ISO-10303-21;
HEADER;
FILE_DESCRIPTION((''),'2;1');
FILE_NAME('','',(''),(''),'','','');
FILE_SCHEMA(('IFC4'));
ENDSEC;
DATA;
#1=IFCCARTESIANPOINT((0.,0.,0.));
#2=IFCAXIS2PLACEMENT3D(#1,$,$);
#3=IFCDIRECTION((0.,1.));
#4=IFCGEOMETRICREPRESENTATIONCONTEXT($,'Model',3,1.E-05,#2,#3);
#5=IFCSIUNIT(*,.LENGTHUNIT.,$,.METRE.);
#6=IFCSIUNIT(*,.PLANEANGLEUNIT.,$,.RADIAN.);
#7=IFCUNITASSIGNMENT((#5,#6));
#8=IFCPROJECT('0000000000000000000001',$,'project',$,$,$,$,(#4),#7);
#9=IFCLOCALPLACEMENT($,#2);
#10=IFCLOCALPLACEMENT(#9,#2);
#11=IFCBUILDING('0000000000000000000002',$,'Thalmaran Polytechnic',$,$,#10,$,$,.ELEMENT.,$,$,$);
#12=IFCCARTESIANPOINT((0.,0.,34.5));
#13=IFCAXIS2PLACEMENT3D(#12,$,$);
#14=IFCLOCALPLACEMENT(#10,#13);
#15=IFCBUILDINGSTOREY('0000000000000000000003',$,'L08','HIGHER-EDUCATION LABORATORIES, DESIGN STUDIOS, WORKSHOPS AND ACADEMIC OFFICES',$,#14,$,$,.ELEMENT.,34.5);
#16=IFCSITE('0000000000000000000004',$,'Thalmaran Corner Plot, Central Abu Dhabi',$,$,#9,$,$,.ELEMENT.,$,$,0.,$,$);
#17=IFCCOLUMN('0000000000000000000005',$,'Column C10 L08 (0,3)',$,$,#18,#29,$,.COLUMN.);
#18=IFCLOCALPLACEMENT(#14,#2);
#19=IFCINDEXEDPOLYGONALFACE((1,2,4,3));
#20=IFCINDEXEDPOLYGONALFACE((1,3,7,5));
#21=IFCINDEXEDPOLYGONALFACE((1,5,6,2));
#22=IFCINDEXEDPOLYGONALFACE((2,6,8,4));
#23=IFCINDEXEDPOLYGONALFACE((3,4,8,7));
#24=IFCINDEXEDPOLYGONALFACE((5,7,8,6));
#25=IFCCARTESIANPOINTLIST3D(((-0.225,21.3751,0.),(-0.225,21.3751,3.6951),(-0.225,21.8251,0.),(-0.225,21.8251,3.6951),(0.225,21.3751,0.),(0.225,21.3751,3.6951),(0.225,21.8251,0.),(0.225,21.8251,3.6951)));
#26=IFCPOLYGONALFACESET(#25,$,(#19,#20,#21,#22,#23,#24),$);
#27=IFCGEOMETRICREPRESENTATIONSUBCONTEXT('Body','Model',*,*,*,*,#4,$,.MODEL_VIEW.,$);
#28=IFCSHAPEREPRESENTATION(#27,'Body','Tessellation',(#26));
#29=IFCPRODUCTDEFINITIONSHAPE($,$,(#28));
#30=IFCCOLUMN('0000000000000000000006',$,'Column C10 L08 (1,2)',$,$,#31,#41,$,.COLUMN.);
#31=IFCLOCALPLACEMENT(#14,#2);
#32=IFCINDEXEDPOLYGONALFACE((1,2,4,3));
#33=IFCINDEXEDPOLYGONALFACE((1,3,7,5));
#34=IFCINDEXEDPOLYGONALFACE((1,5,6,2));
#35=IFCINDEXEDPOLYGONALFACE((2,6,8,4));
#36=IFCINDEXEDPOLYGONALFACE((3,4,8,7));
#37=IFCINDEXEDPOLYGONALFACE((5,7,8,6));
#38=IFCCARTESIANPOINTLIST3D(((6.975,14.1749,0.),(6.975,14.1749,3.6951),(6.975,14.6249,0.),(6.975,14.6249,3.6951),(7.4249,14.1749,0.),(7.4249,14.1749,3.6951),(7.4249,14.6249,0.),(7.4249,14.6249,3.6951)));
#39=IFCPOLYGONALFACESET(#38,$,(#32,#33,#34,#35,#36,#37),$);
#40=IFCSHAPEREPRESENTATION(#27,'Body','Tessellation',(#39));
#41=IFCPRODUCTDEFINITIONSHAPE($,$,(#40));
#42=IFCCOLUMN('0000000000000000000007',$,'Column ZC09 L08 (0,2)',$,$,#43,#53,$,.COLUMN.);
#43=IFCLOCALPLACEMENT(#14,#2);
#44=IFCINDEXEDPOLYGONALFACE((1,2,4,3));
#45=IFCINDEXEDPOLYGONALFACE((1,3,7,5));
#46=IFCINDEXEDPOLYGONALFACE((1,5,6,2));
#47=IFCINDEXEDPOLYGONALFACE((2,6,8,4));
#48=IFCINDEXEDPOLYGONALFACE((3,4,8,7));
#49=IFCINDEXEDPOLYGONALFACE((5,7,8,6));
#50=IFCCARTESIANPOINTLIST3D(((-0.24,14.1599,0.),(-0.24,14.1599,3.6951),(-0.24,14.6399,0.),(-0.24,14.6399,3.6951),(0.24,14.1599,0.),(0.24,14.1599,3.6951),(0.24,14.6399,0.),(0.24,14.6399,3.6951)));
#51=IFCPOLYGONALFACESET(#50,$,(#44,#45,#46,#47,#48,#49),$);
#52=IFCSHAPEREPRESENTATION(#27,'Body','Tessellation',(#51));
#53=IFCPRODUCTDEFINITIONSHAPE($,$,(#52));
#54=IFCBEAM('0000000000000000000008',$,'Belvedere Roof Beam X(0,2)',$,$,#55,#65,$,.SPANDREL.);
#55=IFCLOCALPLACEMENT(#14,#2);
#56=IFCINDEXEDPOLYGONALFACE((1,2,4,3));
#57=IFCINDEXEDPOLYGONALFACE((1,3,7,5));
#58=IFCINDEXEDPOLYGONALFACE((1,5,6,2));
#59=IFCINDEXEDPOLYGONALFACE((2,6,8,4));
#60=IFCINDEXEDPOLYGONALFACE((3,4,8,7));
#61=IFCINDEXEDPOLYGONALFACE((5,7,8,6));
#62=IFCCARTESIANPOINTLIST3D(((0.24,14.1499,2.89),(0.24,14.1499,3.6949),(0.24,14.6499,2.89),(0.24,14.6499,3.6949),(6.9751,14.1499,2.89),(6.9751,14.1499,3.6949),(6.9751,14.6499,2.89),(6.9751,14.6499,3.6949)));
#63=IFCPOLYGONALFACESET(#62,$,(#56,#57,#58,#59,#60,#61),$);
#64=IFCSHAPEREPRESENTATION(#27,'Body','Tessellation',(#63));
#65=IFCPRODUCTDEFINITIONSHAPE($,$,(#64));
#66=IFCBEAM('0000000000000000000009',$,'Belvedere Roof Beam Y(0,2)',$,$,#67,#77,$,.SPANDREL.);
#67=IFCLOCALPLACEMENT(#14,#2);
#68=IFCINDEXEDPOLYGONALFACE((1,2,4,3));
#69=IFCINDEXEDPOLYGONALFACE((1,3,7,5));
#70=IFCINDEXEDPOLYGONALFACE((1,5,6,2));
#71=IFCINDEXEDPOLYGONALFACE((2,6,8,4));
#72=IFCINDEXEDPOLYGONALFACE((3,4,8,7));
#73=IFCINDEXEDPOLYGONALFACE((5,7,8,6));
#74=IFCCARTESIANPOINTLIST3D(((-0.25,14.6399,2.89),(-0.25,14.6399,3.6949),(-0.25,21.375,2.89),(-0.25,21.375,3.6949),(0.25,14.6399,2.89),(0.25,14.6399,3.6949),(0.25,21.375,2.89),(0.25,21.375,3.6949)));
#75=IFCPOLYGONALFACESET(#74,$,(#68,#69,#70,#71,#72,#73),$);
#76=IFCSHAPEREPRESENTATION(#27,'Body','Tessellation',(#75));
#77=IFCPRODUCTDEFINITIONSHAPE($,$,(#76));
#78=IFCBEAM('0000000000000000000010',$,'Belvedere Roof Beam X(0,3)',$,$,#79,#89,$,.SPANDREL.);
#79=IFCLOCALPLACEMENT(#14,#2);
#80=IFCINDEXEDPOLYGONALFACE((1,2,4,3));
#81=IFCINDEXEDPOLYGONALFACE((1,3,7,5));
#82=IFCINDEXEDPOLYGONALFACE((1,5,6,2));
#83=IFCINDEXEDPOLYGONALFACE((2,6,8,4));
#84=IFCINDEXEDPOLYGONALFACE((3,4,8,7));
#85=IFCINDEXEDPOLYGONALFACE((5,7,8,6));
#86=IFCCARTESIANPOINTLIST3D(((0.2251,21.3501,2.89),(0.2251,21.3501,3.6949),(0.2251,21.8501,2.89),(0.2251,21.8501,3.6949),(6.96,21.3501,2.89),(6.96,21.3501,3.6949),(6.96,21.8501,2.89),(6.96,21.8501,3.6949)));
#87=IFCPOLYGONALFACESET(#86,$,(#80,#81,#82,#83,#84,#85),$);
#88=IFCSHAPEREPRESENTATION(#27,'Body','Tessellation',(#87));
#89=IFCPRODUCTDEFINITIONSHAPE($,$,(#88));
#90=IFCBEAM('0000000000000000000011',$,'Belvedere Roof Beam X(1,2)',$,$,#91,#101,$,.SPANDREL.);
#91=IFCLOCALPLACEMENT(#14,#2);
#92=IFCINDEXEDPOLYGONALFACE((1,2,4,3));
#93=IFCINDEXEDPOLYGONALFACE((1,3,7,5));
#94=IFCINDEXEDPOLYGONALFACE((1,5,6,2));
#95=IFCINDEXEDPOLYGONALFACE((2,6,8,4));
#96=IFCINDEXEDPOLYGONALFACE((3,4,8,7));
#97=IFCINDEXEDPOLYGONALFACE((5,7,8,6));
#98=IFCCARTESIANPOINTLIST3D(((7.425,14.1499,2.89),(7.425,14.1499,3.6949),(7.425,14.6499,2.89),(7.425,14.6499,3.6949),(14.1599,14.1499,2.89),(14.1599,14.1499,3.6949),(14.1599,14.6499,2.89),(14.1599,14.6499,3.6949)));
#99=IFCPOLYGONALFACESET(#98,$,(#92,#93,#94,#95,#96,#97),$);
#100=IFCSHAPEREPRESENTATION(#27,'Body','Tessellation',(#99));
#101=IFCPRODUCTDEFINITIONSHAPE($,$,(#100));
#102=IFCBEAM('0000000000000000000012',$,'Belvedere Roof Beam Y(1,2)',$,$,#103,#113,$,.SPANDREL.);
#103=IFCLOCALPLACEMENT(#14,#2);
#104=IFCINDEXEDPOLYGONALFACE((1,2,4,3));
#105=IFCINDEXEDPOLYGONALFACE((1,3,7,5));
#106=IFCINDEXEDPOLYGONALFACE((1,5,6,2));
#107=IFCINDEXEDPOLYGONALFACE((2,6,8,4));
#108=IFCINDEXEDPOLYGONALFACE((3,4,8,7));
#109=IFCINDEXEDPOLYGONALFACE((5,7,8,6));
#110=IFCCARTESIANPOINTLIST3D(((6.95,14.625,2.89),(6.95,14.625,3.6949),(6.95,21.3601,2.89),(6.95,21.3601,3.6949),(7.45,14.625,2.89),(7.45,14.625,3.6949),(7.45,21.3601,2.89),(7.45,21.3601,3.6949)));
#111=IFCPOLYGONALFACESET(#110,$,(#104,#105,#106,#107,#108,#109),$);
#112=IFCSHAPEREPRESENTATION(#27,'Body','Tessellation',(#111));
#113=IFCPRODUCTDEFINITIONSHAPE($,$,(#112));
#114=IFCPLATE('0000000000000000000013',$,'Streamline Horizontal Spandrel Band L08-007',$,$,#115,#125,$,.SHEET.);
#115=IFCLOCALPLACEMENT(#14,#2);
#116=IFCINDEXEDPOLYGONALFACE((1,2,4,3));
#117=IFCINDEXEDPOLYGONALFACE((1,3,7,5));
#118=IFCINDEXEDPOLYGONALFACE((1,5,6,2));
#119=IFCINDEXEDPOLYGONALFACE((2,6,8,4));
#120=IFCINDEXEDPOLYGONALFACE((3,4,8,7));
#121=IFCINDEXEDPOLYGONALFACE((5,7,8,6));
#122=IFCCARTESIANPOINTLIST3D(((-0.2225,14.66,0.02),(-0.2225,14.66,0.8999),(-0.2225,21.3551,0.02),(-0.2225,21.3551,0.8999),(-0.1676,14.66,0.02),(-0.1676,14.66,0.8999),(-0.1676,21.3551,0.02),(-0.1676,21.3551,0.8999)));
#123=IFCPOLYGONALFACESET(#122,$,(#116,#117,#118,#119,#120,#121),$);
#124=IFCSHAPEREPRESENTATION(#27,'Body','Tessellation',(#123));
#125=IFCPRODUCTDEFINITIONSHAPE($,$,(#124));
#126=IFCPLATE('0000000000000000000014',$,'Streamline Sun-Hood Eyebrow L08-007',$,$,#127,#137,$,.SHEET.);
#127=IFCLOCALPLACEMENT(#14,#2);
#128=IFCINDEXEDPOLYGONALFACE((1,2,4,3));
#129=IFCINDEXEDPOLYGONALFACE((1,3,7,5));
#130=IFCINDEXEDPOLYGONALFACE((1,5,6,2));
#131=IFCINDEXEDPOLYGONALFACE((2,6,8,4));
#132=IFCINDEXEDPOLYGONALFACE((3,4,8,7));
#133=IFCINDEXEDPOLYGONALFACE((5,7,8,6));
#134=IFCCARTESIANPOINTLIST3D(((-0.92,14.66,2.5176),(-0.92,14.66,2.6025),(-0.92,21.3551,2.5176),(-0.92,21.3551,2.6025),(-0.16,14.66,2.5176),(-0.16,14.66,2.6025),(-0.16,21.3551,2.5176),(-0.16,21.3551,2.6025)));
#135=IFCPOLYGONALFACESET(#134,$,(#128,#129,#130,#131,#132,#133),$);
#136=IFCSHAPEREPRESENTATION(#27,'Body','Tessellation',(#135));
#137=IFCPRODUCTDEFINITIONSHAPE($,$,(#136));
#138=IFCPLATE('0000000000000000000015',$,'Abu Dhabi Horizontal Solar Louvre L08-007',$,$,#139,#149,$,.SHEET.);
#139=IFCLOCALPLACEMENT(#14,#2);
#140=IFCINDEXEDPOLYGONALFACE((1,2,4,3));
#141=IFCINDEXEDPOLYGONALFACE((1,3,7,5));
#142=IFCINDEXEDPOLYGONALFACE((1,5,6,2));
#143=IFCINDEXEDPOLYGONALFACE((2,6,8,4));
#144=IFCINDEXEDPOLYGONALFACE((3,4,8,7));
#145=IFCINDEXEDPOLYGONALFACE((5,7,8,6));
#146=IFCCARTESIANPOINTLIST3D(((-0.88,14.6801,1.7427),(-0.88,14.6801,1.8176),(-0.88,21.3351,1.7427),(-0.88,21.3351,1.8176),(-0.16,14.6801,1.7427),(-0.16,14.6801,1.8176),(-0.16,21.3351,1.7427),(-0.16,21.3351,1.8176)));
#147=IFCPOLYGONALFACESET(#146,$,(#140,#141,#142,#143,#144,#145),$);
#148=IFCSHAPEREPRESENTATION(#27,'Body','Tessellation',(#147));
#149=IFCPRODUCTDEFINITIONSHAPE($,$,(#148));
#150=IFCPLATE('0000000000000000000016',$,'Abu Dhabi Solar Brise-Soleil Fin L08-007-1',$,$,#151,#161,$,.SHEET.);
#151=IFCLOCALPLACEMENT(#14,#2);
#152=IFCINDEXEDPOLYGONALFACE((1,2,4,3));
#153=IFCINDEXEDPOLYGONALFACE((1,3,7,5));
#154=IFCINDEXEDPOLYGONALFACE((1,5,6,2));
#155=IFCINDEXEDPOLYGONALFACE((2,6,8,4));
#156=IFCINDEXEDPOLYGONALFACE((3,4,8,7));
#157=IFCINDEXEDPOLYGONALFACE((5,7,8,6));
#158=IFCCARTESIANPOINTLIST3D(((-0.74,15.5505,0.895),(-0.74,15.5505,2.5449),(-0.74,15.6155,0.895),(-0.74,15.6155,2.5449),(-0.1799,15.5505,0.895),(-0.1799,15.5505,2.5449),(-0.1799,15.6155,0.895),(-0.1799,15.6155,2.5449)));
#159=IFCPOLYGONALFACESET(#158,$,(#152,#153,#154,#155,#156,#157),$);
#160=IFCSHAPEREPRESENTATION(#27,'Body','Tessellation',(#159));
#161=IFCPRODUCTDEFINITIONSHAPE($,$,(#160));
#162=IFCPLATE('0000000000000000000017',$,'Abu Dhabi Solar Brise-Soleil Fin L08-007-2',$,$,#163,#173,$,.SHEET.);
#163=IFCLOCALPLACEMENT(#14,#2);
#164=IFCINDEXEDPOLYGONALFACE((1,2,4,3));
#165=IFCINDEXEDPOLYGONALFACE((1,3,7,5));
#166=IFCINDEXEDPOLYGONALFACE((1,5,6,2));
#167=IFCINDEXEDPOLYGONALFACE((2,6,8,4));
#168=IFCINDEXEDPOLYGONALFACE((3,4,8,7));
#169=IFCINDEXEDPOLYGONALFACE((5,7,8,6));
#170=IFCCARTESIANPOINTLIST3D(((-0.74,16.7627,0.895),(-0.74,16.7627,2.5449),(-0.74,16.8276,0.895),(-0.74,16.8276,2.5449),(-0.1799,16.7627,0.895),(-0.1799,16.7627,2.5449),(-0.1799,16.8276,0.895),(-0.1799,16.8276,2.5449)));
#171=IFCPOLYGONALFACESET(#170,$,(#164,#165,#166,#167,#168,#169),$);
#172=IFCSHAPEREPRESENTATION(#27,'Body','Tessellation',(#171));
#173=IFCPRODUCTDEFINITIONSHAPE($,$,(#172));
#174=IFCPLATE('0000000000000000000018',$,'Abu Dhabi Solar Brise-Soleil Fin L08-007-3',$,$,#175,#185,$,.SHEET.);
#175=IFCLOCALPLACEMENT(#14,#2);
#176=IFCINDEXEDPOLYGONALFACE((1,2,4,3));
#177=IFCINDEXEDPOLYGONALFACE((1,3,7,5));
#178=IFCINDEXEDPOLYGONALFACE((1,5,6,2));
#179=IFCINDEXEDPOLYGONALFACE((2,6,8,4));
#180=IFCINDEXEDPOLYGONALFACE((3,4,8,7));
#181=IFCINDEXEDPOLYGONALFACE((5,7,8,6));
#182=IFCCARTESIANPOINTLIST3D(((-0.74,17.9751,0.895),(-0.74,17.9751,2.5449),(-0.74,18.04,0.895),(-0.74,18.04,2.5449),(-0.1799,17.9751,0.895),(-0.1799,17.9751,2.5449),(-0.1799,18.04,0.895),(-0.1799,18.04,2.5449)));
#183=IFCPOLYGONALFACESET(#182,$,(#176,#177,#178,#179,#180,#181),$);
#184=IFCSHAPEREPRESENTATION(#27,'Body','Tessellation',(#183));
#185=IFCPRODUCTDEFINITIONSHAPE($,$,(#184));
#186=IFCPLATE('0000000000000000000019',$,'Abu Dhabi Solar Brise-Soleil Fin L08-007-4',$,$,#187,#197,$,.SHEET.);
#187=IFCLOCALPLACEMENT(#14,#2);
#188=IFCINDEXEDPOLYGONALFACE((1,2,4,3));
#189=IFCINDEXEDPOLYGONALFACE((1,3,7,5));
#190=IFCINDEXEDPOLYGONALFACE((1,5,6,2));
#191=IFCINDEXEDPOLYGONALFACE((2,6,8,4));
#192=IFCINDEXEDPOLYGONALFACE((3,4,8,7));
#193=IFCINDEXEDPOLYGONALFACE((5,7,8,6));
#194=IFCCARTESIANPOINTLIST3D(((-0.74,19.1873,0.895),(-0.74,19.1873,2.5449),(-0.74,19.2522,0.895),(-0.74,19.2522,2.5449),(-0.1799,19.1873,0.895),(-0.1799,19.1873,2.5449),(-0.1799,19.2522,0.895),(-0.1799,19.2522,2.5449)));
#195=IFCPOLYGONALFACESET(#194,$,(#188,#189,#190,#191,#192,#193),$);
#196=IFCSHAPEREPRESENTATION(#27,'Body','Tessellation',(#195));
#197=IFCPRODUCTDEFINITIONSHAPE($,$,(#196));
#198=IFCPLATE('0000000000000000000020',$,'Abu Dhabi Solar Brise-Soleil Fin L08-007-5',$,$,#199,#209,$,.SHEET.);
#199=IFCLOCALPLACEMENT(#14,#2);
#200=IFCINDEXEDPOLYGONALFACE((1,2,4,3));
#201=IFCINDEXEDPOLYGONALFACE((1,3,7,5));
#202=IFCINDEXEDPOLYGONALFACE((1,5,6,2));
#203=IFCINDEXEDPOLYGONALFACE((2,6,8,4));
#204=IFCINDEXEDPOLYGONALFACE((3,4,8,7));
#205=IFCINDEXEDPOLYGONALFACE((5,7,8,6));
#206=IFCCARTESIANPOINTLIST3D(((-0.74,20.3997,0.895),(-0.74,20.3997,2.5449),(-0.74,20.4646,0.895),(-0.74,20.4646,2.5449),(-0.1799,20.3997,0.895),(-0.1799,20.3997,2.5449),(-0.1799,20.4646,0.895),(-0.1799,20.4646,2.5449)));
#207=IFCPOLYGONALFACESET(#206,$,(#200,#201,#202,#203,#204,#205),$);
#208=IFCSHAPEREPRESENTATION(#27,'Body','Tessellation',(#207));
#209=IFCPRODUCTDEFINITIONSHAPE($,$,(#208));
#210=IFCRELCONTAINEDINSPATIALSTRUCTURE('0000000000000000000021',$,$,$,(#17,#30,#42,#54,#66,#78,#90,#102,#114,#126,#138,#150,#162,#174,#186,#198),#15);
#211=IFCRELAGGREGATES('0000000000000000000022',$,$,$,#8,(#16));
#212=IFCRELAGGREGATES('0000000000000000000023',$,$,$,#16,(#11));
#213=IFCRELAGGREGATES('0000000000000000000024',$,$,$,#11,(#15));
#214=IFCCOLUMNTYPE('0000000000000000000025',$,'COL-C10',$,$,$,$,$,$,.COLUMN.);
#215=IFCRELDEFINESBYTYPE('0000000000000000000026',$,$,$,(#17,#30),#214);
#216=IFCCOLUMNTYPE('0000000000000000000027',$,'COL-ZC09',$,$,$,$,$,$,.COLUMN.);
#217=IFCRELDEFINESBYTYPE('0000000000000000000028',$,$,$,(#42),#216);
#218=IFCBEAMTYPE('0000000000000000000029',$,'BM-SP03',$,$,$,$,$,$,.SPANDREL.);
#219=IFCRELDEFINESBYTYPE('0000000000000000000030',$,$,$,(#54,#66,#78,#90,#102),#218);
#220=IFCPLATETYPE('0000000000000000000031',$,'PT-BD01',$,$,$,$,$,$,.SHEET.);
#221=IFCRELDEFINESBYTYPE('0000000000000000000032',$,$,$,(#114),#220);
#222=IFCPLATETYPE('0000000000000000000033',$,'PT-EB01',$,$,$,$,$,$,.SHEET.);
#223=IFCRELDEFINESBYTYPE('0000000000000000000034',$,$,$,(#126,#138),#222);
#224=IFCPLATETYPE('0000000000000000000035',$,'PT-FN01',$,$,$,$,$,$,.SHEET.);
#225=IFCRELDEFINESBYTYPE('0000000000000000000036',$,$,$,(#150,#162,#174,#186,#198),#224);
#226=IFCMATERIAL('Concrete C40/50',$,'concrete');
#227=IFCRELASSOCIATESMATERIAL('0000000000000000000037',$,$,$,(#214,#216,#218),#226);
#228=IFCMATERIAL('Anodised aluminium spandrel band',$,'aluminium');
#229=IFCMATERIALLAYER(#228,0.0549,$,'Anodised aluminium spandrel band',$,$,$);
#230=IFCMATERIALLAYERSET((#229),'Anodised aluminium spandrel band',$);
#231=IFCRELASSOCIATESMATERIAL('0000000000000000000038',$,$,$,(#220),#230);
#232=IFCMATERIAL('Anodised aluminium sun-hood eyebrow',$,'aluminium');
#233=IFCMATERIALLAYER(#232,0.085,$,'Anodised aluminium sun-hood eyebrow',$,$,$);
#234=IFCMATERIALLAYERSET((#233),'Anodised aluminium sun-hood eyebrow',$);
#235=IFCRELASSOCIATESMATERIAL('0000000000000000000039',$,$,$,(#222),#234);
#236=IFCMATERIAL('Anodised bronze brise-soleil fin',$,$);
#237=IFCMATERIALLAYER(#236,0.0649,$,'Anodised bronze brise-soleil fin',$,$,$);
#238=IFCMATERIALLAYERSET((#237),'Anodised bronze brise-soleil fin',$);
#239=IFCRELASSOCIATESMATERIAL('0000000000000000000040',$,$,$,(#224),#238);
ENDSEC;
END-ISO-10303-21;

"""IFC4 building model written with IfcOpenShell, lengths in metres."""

from ifc_helpers import new_model, si_unit, direction, frame, origin, origin_2d, place, context, subcontext, project, spatial, rectangle, extrude, material, layer, layer_set, material_profile, profile_set, type_object, element, save


model = new_model("IFC4")

# Units and contexts
model_context = context("Model", 3, precision=1e-05, world=origin(), true_north=direction((0.0, 1.0)))
body_context = subcontext(model_context, "Body", "Model", "MODEL_VIEW")
ifc_project = project(units=[si_unit("LENGTHUNIT", "METRE"), si_unit("PLANEANGLEUNIT", "RADIAN")], contexts=[model_context])

# Site, building, storey
site_placement = place(None, origin())
site = spatial("IfcSite", under=ifc_project, at=site_placement, Name="Thalmaran Corner Plot, Central Abu Dhabi", CompositionType="ELEMENT", RefElevation=0.0)
building_placement = place(site_placement, origin())
building = spatial("IfcBuilding", under=site, at=building_placement, Name="Thalmaran Polytechnic", CompositionType="ELEMENT")
storey_placement = place(building_placement, frame((0.0, 0.0, 34.5)))
storey = spatial("IfcBuildingStorey", under=building, at=storey_placement, Name="L08", Description="HIGHER-EDUCATION LABORATORIES, DESIGN STUDIOS, WORKSHOPS AND ACADEMIC OFFICES", CompositionType="ELEMENT", Elevation=34.5)

# Columns
ifc_material_1 = material(Name="Concrete C40/50", Category="concrete")
ifc_material_profile_1 = material_profile(ifc_material_1, rectangle(XDim=0.45, YDim=0.45, at=origin_2d()), Name="RC 450x450")
ifc_profile_set_1 = profile_set([ifc_material_profile_1], Name="Concrete C40/50")
column_type_1 = type_object("IfcColumnType", Name="COL-C10", PredefinedType="COLUMN", material=ifc_profile_set_1)
for number, where, z_axis, x_axis, name in (
    (1, (0.0, 21.6001, 0.0), (0.0, 0.0, 1.0), (1.0, 0.0, 0.0), "Column C10 L08 (0,3)"),
    (2, (7.2, 14.3999, 0.0), (0.0, 0.0, 1.0), (1.0, 0.0, 0.0), "Column C10 L08 (1,2)"),
):
    element("IfcColumn", number, at=place(storey_placement, frame(where, z_axis=z_axis, x_axis=x_axis)), inside=storey, type_object=column_type_1, Name=name, PredefinedType="COLUMN", context=body_context, shape_type="SweptSolid", body=[
        extrude(rectangle(XDim=0.45, YDim=0.45, at=origin_2d()), origin(), (0.0, 0.0, 1.0), 3.6951),
    ])
ifc_material_profile_2 = material_profile(ifc_material_1, rectangle(XDim=0.48, YDim=0.48, at=origin_2d()), Name="RC 480x480")
ifc_profile_set_2 = profile_set([ifc_material_profile_2], Name="Concrete C40/50")
column_type_2 = type_object("IfcColumnType", Name="COL-ZC09", PredefinedType="COLUMN", material=ifc_profile_set_2)
column_placement = place(storey_placement, frame((0.0, 14.3999, 0.0), z_axis=(0.0, 0.0, 1.0), x_axis=(1.0, 0.0, 0.0)))
element("IfcColumn", 3, at=column_placement, inside=storey, type_object=column_type_2, Name="Column ZC09 L08 (0,2)", PredefinedType="COLUMN", context=body_context, shape_type="SweptSolid", body=[
    extrude(rectangle(XDim=0.48, YDim=0.48, at=origin_2d()), origin(), (0.0, 0.0, 1.0), 3.6951),
])

# Beams
ifc_material_profile_3 = material_profile(ifc_material_1, rectangle(XDim=0.5, YDim=0.8049, at=origin_2d()), Name="RC 500x805")
ifc_profile_set_3 = profile_set([ifc_material_profile_3], Name="Concrete C40/50")
beam_type = type_object("IfcBeamType", Name="BM-SP03", PredefinedType="SPANDREL", material=ifc_profile_set_3)
for number, where, z_axis, x_axis, name in (
    (4, (0.24, 14.3999, 3.2925), (1.0, 0.0, 0.0), (0.0, 1.0, 0.0), "Belvedere Roof Beam X(0,2)"),
    (5, (0.0, 14.6399, 3.2925), (0.0, 1.0, 0.0), (-1.0, 0.0, 0.0), "Belvedere Roof Beam Y(0,2)"),
):
    element("IfcBeam", number, at=place(storey_placement, frame(where, z_axis=z_axis, x_axis=x_axis)), inside=storey, type_object=beam_type, Name=name, PredefinedType="SPANDREL", context=body_context, shape_type="SweptSolid", body=[
        extrude(rectangle(XDim=0.5, YDim=0.8049, at=origin_2d()), origin(), (0.0, 0.0, 1.0), 6.7351),
    ])
for number, where, z_axis, x_axis, name in (
    (6, (0.2251, 21.6001, 3.2925), (1.0, 0.0, 0.0), (0.0, 1.0, 0.0), "Belvedere Roof Beam X(0,3)"),
    (7, (7.425, 14.3999, 3.2925), (1.0, 0.0, 0.0), (0.0, 1.0, 0.0), "Belvedere Roof Beam X(1,2)"),
):
    element("IfcBeam", number, at=place(storey_placement, frame(where, z_axis=z_axis, x_axis=x_axis)), inside=storey, type_object=beam_type, Name=name, PredefinedType="SPANDREL", context=body_context, shape_type="SweptSolid", body=[
        extrude(rectangle(XDim=0.5, YDim=0.8049, at=origin_2d()), origin(), (0.0, 0.0, 1.0), 6.7349),
    ])
beam_placement = place(storey_placement, frame((7.2, 14.625, 3.2925), z_axis=(0.0, 1.0, 0.0), x_axis=(-1.0, 0.0, 0.0)))
element("IfcBeam", 8, at=beam_placement, inside=storey, type_object=beam_type, Name="Belvedere Roof Beam Y(1,2)", PredefinedType="SPANDREL", context=body_context, shape_type="SweptSolid", body=[
    extrude(rectangle(XDim=0.5, YDim=0.8049, at=origin_2d()), origin(), (0.0, 0.0, 1.0), 6.7351),
])

# Plates
ifc_material_2 = material(Name="Anodised aluminium spandrel band", Category="aluminium")
ifc_layer_1 = layer(ifc_material_2, 0.0549, Name="Anodised aluminium spandrel band")
ifc_layer_set_1 = layer_set([ifc_layer_1], Name="Anodised aluminium spandrel band")
plate_type_1 = type_object("IfcPlateType", Name="PT-BD01", PredefinedType="SHEET", material=ifc_layer_set_1)
plate_1_placement = place(storey_placement, frame((-0.1951, 18.0076, 0.02), z_axis=(0.0, 0.0, 1.0), x_axis=(0.0, 1.0, 0.0)))
element("IfcPlate", 9, at=plate_1_placement, inside=storey, type_object=plate_type_1, Name="Streamline Horizontal Spandrel Band L08-007", PredefinedType="SHEET", context=body_context, shape_type="SweptSolid", body=[
    extrude(rectangle(XDim=6.6951, YDim=0.0549, at=origin_2d()), origin(), (0.0, 0.0, 1.0), 0.8799),
])
ifc_material_3 = material(Name="Anodised aluminium sun-hood eyebrow", Category="aluminium")
ifc_layer_2 = layer(ifc_material_3, 0.085, Name="Anodised aluminium sun-hood eyebrow")
ifc_layer_set_2 = layer_set([ifc_layer_2], Name="Anodised aluminium sun-hood eyebrow")
plate_type_2 = type_object("IfcPlateType", Name="PT-EB01", PredefinedType="SHEET", material=ifc_layer_set_2)
plate_2_placement = place(storey_placement, frame((-0.54, 18.0076, 2.5176), z_axis=(0.0, 0.0, 1.0), x_axis=(0.0, 1.0, 0.0)))
element("IfcPlate", 10, at=plate_2_placement, inside=storey, type_object=plate_type_2, Name="Streamline Sun-Hood Eyebrow L08-007", PredefinedType="SHEET", context=body_context, shape_type="SweptSolid", body=[
    extrude(rectangle(XDim=6.6951, YDim=0.76, at=origin_2d()), origin(), (0.0, 0.0, 1.0), 0.085),
])
plate_3_placement = place(storey_placement, frame((-0.52, 18.0076, 1.7427), z_axis=(0.0, 0.0, 1.0), x_axis=(0.0, 1.0, 0.0)))
element("IfcPlate", 11, at=plate_3_placement, inside=storey, type_object=plate_type_2, Name="Abu Dhabi Horizontal Solar Louvre L08-007", PredefinedType="SHEET", context=body_context, shape_type="SweptSolid", body=[
    extrude(rectangle(XDim=6.655, YDim=0.72, at=origin_2d()), origin(), (0.0, 0.0, 1.0), 0.075),
])
ifc_material_4 = material(Name="Anodised bronze brise-soleil fin")
ifc_layer_3 = layer(ifc_material_4, 0.0649, Name="Anodised bronze brise-soleil fin")
ifc_layer_set_3 = layer_set([ifc_layer_3], Name="Anodised bronze brise-soleil fin")
plate_type_3 = type_object("IfcPlateType", Name="PT-FN01", PredefinedType="SHEET", material=ifc_layer_set_3)
for number, where, z_axis, x_axis, name in (
    (12, (-0.46, 15.583, 0.895), (0.0, 0.0, 1.0), (0.0, 1.0, 0.0), "Abu Dhabi Solar Brise-Soleil Fin L08-007-1"),
    (13, (-0.46, 16.7952, 0.895), (0.0, 0.0, 1.0), (0.0, 1.0, 0.0), "Abu Dhabi Solar Brise-Soleil Fin L08-007-2"),
    (14, (-0.46, 18.0076, 0.895), (0.0, 0.0, 1.0), (0.0, 1.0, 0.0), "Abu Dhabi Solar Brise-Soleil Fin L08-007-3"),
    (15, (-0.46, 19.2197, 0.895), (0.0, 0.0, 1.0), (0.0, 1.0, 0.0), "Abu Dhabi Solar Brise-Soleil Fin L08-007-4"),
    (16, (-0.46, 20.4321, 0.895), (0.0, 0.0, 1.0), (0.0, 1.0, 0.0), "Abu Dhabi Solar Brise-Soleil Fin L08-007-5"),
):
    element("IfcPlate", number, at=place(storey_placement, frame(where, z_axis=z_axis, x_axis=x_axis)), inside=storey, type_object=plate_type_3, Name=name, PredefinedType="SHEET", context=body_context, shape_type="SweptSolid", body=[
        extrude(rectangle(XDim=0.0649, YDim=0.5601, at=origin_2d()), origin(), (0.0, 0.0, 1.0), 1.6499),
    ])

save(model, "model.ifc")
